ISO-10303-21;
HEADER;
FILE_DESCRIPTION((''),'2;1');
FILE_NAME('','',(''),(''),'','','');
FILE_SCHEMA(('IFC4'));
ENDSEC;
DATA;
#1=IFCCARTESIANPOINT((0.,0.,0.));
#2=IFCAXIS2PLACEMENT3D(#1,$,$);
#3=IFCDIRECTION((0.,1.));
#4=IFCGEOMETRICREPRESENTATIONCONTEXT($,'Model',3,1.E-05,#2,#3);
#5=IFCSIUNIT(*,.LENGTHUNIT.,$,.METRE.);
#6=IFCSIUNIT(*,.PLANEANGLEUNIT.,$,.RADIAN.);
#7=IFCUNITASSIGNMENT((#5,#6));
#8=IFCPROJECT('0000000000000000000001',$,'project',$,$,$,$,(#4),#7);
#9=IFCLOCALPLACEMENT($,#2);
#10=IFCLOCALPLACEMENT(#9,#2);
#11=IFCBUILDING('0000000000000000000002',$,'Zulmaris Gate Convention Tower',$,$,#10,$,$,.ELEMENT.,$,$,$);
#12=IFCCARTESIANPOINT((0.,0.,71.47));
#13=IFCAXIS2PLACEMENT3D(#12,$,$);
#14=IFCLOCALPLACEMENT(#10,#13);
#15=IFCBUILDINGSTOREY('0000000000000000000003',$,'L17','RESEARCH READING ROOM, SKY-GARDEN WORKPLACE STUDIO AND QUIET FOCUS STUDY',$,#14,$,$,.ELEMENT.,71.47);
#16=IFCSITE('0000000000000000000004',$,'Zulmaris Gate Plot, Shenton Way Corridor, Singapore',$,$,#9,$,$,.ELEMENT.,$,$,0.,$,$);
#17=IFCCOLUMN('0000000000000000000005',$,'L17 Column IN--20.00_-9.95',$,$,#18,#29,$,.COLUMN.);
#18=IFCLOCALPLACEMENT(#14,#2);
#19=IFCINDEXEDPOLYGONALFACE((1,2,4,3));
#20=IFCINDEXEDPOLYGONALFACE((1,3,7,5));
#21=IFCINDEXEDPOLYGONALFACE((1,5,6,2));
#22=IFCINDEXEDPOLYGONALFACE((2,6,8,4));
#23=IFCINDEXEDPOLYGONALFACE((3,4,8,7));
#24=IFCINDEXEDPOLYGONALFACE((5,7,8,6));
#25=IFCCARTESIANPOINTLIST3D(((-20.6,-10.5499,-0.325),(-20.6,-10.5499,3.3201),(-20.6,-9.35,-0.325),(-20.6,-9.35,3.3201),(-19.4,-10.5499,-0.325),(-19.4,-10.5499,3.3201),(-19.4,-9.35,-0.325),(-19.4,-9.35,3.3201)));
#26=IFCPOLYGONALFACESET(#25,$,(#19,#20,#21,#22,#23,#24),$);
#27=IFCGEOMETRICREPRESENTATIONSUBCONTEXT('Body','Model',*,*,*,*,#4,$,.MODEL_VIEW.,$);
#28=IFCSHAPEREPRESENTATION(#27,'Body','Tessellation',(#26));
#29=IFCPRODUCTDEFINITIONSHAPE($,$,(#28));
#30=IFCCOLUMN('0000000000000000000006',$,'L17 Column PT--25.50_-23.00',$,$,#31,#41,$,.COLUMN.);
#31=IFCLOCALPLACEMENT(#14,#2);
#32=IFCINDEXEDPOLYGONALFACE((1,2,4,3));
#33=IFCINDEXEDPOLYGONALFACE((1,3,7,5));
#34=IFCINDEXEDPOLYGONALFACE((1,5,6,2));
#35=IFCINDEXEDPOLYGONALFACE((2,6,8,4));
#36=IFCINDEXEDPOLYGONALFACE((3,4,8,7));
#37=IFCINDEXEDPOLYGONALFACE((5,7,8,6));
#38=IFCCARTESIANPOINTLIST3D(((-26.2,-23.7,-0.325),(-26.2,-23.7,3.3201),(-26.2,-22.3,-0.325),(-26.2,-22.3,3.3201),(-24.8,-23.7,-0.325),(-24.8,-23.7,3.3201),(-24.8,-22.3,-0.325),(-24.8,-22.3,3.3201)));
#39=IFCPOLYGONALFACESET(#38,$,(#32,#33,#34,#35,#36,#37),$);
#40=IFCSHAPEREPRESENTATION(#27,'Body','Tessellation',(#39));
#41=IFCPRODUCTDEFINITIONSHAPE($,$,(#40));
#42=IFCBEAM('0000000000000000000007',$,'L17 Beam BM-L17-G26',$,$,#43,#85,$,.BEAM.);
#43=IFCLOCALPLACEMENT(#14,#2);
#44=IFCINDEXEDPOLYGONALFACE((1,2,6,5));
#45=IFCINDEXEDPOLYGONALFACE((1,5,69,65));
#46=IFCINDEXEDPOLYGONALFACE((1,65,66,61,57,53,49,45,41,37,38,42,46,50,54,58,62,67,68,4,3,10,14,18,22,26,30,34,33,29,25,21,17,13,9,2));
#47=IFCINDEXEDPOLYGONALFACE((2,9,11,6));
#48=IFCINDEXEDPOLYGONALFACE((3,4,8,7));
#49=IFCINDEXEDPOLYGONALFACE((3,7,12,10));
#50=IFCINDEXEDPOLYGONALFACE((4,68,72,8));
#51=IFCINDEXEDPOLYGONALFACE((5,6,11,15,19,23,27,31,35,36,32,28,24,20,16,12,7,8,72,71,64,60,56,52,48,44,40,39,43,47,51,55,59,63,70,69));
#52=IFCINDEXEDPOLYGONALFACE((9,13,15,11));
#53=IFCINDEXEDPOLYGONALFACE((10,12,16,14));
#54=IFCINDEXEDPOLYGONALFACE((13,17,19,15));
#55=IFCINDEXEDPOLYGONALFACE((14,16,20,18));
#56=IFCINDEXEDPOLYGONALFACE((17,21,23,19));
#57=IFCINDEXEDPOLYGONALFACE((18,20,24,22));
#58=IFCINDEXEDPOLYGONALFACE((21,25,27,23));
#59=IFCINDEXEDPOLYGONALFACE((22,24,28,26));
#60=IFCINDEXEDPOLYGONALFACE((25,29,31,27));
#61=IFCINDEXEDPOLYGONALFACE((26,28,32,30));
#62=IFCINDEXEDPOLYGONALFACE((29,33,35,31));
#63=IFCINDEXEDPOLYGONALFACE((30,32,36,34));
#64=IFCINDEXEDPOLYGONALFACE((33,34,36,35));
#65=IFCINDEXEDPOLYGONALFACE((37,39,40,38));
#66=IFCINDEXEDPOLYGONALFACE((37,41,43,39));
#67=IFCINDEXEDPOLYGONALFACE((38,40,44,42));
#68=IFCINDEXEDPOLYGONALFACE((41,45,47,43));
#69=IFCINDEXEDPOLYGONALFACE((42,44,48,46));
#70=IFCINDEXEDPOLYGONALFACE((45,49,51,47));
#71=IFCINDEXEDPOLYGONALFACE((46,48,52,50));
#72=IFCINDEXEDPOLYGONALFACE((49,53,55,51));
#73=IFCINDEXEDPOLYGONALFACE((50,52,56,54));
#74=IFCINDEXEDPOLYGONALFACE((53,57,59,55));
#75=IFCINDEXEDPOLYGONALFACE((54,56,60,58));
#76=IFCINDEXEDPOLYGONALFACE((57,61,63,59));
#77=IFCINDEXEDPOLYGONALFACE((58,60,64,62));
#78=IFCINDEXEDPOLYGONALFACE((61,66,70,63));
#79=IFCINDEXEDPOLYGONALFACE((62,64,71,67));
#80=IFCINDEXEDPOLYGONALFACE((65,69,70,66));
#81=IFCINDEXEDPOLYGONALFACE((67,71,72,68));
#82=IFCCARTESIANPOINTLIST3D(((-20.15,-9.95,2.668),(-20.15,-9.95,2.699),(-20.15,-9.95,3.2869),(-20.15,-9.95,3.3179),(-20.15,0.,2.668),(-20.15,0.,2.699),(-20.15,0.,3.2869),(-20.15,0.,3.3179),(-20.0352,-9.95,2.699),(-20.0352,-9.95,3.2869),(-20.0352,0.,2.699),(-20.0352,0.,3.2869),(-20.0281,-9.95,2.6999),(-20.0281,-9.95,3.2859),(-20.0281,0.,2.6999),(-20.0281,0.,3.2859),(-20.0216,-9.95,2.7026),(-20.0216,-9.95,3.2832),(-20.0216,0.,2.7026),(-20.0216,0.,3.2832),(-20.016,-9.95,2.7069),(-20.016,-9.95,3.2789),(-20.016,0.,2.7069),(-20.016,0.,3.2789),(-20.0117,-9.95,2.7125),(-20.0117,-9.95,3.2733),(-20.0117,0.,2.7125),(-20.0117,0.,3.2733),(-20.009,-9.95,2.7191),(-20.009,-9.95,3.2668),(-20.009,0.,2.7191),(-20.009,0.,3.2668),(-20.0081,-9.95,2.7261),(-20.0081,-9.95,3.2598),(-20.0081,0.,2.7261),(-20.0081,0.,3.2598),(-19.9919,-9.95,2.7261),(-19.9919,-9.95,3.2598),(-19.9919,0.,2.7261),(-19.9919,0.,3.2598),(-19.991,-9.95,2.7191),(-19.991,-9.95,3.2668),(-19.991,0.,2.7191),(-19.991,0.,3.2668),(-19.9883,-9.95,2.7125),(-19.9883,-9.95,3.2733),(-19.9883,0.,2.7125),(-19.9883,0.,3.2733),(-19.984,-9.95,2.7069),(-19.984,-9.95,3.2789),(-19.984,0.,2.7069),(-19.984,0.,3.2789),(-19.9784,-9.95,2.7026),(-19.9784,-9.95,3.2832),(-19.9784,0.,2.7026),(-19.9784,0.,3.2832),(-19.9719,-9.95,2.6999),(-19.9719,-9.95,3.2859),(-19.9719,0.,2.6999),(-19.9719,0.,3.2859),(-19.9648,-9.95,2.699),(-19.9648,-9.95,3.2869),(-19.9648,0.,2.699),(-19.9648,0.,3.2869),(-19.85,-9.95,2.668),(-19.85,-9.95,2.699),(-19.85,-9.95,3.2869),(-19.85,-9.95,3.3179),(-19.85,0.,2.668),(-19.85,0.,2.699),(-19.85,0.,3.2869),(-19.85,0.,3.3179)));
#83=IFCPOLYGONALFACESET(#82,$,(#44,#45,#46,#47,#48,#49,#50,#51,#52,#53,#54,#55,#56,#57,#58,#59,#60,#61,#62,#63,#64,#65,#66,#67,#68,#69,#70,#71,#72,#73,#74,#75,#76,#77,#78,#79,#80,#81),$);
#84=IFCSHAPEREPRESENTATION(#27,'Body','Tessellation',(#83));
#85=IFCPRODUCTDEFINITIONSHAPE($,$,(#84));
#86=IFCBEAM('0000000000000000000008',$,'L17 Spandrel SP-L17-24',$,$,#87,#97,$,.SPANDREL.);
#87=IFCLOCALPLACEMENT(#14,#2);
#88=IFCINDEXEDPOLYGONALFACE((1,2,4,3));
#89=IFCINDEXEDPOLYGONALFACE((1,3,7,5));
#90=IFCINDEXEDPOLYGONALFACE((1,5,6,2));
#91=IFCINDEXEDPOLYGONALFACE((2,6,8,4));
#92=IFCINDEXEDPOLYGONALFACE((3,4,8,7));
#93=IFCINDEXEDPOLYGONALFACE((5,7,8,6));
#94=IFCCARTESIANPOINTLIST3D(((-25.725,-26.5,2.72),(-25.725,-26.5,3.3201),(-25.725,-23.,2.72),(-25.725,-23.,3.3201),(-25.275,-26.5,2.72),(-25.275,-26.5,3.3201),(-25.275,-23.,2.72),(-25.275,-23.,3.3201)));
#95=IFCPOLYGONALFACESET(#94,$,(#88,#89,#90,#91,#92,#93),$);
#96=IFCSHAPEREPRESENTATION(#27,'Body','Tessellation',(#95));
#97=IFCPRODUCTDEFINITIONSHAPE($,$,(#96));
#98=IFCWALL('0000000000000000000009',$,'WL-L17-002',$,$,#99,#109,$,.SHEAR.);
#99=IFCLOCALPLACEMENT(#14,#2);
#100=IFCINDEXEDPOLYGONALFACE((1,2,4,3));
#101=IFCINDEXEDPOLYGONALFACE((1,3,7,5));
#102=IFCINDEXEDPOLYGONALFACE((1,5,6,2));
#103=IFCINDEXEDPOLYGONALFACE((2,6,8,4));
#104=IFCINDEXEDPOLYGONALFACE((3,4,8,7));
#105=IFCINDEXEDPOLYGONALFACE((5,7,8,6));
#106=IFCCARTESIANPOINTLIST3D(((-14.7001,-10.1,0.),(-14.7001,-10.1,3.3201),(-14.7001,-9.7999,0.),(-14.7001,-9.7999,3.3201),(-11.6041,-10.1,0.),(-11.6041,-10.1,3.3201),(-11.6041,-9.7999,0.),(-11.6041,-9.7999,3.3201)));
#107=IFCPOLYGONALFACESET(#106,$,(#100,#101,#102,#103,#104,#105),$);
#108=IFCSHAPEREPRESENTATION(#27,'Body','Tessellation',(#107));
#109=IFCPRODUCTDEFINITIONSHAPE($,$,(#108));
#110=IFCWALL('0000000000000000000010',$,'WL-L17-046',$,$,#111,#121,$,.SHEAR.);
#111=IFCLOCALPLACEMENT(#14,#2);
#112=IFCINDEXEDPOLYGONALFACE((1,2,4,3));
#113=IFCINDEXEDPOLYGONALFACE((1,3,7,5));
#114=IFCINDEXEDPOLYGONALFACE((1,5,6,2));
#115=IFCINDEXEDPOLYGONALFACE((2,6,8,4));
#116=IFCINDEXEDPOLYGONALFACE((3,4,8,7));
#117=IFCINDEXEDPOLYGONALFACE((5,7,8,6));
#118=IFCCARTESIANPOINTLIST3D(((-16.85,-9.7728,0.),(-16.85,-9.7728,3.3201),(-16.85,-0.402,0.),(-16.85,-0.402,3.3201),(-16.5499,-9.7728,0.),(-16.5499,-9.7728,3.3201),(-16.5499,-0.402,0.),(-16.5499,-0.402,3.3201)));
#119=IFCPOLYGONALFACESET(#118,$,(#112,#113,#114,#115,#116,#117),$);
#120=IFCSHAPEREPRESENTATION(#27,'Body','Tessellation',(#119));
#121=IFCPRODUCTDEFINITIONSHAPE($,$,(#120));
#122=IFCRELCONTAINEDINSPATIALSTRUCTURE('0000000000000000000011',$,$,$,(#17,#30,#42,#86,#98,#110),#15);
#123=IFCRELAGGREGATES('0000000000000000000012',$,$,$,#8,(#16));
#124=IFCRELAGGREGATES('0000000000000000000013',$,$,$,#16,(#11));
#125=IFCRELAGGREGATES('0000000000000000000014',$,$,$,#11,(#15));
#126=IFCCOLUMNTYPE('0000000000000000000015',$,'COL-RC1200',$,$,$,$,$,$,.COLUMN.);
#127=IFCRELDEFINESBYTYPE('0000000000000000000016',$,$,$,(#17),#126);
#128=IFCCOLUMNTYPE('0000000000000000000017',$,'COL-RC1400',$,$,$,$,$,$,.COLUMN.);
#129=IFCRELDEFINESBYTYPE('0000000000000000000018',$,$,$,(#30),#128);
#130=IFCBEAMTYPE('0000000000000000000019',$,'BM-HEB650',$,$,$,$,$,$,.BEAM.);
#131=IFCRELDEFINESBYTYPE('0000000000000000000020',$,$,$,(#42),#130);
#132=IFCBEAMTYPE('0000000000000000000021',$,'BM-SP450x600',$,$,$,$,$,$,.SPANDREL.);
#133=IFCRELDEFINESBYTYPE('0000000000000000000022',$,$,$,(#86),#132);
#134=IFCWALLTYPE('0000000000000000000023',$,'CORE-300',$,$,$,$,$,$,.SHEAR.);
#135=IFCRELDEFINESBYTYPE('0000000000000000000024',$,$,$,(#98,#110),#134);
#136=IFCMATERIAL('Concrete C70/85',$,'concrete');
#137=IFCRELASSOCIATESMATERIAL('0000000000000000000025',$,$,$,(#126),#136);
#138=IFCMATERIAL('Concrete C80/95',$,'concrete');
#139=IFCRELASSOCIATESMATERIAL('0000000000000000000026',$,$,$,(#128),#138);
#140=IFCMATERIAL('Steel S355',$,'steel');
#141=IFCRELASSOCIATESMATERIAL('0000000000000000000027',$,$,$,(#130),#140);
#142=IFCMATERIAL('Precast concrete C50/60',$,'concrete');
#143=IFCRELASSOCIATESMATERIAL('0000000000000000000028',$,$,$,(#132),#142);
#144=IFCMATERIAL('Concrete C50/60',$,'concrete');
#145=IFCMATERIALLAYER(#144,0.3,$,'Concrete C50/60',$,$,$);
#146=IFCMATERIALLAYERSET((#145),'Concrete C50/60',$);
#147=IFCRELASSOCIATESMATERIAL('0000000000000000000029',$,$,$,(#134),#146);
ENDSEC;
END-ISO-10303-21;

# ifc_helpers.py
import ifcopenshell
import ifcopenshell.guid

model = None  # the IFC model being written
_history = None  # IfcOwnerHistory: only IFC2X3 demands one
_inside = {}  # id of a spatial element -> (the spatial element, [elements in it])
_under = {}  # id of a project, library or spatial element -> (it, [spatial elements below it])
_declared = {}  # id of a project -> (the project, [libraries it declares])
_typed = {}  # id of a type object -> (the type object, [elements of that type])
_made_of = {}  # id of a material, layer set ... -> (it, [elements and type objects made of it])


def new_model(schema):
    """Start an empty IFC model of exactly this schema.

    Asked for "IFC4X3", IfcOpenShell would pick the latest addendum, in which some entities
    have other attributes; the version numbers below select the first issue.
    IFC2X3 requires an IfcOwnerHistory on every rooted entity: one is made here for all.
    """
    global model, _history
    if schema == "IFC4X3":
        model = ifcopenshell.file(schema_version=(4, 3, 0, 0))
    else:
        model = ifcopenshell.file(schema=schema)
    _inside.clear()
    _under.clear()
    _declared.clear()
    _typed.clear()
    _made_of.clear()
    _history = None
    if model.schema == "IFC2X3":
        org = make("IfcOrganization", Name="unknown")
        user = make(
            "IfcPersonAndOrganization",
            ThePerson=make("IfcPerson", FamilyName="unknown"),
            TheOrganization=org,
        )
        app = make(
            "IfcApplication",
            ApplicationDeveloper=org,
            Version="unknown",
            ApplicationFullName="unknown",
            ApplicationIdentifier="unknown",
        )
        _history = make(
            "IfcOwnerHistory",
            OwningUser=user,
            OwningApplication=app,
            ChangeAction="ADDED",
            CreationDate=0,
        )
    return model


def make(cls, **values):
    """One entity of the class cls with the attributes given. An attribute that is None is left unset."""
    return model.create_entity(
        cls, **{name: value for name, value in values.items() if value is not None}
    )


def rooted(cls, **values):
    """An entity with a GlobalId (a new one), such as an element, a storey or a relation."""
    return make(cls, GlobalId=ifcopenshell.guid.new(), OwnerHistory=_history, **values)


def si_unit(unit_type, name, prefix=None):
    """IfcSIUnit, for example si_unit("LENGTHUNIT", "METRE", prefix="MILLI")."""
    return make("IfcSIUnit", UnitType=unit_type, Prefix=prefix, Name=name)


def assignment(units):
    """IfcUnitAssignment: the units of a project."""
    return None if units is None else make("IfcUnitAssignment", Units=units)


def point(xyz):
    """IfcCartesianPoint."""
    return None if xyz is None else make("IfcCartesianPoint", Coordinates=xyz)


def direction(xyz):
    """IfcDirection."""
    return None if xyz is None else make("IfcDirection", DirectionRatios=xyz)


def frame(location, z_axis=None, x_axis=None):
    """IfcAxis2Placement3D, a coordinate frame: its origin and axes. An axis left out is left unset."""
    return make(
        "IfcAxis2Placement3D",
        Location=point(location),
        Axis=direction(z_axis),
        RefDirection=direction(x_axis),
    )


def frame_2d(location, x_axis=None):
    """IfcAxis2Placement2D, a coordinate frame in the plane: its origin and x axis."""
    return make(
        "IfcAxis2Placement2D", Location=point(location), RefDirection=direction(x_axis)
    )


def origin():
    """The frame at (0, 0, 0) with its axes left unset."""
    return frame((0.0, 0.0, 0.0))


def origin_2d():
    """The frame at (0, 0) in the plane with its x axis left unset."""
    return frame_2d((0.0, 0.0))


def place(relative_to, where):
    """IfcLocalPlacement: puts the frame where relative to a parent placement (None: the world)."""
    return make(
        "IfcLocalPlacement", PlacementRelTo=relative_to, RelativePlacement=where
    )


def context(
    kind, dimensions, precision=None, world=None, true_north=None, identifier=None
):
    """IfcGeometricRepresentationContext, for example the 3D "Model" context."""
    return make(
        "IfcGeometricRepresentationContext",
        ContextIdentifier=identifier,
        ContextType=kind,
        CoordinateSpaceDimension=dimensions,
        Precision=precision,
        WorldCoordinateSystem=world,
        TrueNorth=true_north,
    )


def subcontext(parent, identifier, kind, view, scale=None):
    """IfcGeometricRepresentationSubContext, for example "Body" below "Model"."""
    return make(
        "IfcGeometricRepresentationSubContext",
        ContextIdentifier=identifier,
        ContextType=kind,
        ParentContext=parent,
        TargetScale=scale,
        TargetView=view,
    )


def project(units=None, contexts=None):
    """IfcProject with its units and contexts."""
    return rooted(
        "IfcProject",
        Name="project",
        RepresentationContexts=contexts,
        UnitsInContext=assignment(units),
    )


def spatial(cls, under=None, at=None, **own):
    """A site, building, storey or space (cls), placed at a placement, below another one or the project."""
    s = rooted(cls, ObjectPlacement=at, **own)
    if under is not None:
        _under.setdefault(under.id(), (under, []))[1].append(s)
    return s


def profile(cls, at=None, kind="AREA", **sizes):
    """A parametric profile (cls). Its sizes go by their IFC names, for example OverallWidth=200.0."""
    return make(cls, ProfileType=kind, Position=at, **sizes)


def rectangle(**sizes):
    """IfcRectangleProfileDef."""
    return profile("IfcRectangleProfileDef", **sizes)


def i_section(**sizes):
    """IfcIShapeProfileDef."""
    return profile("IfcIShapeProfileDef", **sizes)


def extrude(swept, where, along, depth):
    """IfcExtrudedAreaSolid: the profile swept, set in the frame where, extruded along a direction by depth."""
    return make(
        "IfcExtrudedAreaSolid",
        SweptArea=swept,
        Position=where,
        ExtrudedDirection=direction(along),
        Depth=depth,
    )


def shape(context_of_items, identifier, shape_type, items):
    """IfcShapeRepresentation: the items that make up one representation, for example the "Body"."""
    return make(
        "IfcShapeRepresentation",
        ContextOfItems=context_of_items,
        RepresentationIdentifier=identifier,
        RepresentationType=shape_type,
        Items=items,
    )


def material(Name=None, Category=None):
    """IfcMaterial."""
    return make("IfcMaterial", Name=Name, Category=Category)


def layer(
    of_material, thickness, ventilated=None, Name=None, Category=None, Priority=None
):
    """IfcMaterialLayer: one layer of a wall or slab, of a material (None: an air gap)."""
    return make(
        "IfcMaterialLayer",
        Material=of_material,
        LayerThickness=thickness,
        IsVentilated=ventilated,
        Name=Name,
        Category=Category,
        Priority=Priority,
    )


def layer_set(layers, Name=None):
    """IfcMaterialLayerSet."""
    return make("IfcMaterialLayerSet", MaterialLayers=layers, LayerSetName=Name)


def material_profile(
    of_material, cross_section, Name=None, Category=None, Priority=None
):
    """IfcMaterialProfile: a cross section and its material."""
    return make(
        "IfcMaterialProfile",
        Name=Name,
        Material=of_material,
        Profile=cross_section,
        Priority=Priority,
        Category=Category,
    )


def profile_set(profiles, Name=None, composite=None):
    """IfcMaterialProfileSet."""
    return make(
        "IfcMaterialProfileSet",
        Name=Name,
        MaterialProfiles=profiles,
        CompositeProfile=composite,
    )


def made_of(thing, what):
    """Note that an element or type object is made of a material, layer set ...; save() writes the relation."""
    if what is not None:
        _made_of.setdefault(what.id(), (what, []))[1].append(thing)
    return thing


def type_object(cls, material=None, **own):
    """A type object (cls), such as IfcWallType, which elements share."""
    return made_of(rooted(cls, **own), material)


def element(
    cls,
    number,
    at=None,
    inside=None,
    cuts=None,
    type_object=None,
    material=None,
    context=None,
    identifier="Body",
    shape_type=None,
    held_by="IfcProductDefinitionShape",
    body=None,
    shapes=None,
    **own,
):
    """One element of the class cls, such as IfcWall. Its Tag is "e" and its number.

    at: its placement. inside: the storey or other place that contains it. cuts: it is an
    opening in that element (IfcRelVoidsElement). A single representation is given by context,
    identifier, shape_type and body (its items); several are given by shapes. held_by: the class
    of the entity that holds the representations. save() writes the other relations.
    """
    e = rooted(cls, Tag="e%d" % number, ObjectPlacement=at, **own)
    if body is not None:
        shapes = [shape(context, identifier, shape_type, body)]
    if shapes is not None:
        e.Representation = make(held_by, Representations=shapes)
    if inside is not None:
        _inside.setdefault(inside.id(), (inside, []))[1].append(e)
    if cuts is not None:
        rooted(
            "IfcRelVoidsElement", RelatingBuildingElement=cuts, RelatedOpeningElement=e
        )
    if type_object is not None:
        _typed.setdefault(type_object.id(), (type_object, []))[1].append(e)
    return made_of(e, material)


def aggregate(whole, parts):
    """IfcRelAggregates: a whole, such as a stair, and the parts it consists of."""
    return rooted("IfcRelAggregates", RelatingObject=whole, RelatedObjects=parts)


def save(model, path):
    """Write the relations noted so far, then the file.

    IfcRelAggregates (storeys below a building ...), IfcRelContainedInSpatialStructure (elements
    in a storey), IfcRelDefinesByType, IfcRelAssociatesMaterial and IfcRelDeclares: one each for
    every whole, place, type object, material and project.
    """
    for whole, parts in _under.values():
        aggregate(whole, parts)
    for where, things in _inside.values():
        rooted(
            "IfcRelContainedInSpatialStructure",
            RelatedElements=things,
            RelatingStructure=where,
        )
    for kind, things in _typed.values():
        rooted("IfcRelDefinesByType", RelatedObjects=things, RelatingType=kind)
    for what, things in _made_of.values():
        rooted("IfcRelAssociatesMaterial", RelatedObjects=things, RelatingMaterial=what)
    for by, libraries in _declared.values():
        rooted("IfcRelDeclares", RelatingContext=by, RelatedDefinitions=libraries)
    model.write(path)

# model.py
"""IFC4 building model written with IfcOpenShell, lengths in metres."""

from ifc_helpers import new_model, si_unit, direction, frame, frame_2d, origin, origin_2d, place, context, subcontext, project, spatial, rectangle, i_section, extrude, material, layer, layer_set, material_profile, profile_set, type_object, element, save


model = new_model("IFC4")

# Units and contexts
model_context = context("Model", 3, precision=1e-05, world=origin(), true_north=direction((0.0, 1.0)))
body_context = subcontext(model_context, "Body", "Model", "MODEL_VIEW")
ifc_project = project(units=[si_unit("LENGTHUNIT", "METRE"), si_unit("PLANEANGLEUNIT", "RADIAN")], contexts=[model_context])

# Site, building, storey
site_placement = place(None, origin())
site = spatial("IfcSite", under=ifc_project, at=site_placement, Name="Zulmaris Gate Plot, Shenton Way Corridor, Singapore", CompositionType="ELEMENT", RefElevation=0.0)
building_placement = place(site_placement, origin())
building = spatial("IfcBuilding", under=site, at=building_placement, Name="Zulmaris Gate Convention Tower", CompositionType="ELEMENT")
storey_placement = place(building_placement, frame((0.0, 0.0, 71.47)))
storey = spatial("IfcBuildingStorey", under=building, at=storey_placement, Name="L17", Description="RESEARCH READING ROOM, SKY-GARDEN WORKPLACE STUDIO AND QUIET FOCUS STUDY", CompositionType="ELEMENT", Elevation=71.47)

# Columns
ifc_material_1 = material(Name="Concrete C70/85", Category="concrete")
ifc_material_profile_1 = material_profile(ifc_material_1, rectangle(XDim=1.2, YDim=1.2, at=origin_2d()), Name="RC COL 1200x1200")
ifc_profile_set_1 = profile_set([ifc_material_profile_1], Name="Concrete C70/85")
column_type_1 = type_object("IfcColumnType", Name="COL-RC1200", PredefinedType="COLUMN", material=ifc_profile_set_1)
column_1_placement = place(storey_placement, frame((-20.0, -9.95, -0.325), z_axis=(0.0, 0.0, 1.0), x_axis=(1.0, 0.0, 0.0)))
element("IfcColumn", 1, at=column_1_placement, inside=storey, type_object=column_type_1, Name="L17 Column IN--20.00_-9.95", PredefinedType="COLUMN", context=body_context, shape_type="SweptSolid", body=[
    extrude(rectangle(XDim=1.2, YDim=1.2, at=origin_2d()), origin(), (0.0, 0.0, 1.0), 3.645),
])
ifc_material_2 = material(Name="Concrete C80/95", Category="concrete")
ifc_material_profile_2 = material_profile(ifc_material_2, rectangle(XDim=1.3999, YDim=1.3999, at=origin_2d()), Name="RC COL 1400x1400")
ifc_profile_set_2 = profile_set([ifc_material_profile_2], Name="Concrete C80/95")
column_type_2 = type_object("IfcColumnType", Name="COL-RC1400", PredefinedType="COLUMN", material=ifc_profile_set_2)
column_2_placement = place(storey_placement, frame((-25.5, -23.0, -0.325), z_axis=(0.0, 0.0, 1.0), x_axis=(1.0, 0.0, 0.0)))
element("IfcColumn", 2, at=column_2_placement, inside=storey, type_object=column_type_2, Name="L17 Column PT--25.50_-23.00", PredefinedType="COLUMN", context=body_context, shape_type="SweptSolid", body=[
    extrude(rectangle(XDim=1.3999, YDim=1.3999, at=origin_2d()), origin(), (0.0, 0.0, 1.0), 3.645),
])

# Beams
ifc_material_3 = material(Name="Steel S355", Category="steel")
ifc_material_profile_3 = material_profile(ifc_material_3, i_section(OverallWidth=0.3, OverallDepth=0.6499, WebThickness=0.0161, FlangeThickness=0.031, FilletRadius=0.0271, at=origin_2d()), Name="HEB 650")
ifc_profile_set_3 = profile_set([ifc_material_profile_3], Name="Steel S355")
beam_type_1 = type_object("IfcBeamType", Name="BM-HEB650", PredefinedType="BEAM", material=ifc_profile_set_3)
beam_1_placement = place(storey_placement, frame((-20.0, -9.95, 2.9929), z_axis=(0.0, 1.0, 0.0), x_axis=(-1.0, 0.0, 0.0)))
element("IfcBeam", 3, at=beam_1_placement, inside=storey, type_object=beam_type_1, Name="L17 Beam BM-L17-G26", PredefinedType="BEAM", context=body_context, shape_type="SweptSolid", body=[
    extrude(i_section(OverallWidth=0.3, OverallDepth=0.6499, WebThickness=0.0161, FlangeThickness=0.031, FilletRadius=0.0271, at=origin_2d()), origin(), (0.0, 0.0, 1.0), 9.95),
])
ifc_material_4 = material(Name="Precast concrete C50/60", Category="concrete")
ifc_material_profile_4 = material_profile(ifc_material_4, rectangle(XDim=0.45, YDim=0.6001, at=origin_2d()), Name="RC SPANDREL 450x600")
ifc_profile_set_4 = profile_set([ifc_material_profile_4], Name="Precast concrete C50/60")
beam_type_2 = type_object("IfcBeamType", Name="BM-SP450x600", PredefinedType="SPANDREL", material=ifc_profile_set_4)
beam_2_placement = place(storey_placement, frame((-25.5, -23.0, 3.02), z_axis=(0.0, -1.0, 0.0), x_axis=(1.0, 0.0, 0.0)))
element("IfcBeam", 4, at=beam_2_placement, inside=storey, type_object=beam_type_2, Name="L17 Spandrel SP-L17-24", PredefinedType="SPANDREL", context=body_context, shape_type="SweptSolid", body=[
    extrude(rectangle(XDim=0.45, YDim=0.6001, at=origin_2d()), origin(), (0.0, 0.0, 1.0), 3.5),
])

# Walls
ifc_material_5 = material(Name="Concrete C50/60", Category="concrete")
ifc_layer_1 = layer(ifc_material_5, 0.3, Name="Concrete C50/60")
ifc_layer_set_1 = layer_set([ifc_layer_1], Name="Concrete C50/60")
wall_type_1 = type_object("IfcWallType", Name="CORE-300", PredefinedType="SHEAR", material=ifc_layer_set_1)
wall_1_placement = place(storey_placement, frame((-14.7, -9.95, 0.0), z_axis=(0.0, 0.0, 1.0), x_axis=(1.0, 0.0, 0.0)))
element("IfcWall", 5, at=wall_1_placement, inside=storey, type_object=wall_type_1, Name="WL-L17-002", PredefinedType="SHEAR", context=body_context, shape_type="SweptSolid", body=[
    extrude(rectangle(XDim=3.0959, YDim=0.3, at=frame_2d((1.5479, 0.0))), origin(), (0.0, 0.0, 1.0), 3.3201),
])
wall_2_placement = place(storey_placement, frame((-16.7, -9.7729, 0.0), z_axis=(0.0, 0.0, 1.0), x_axis=(0.0, 1.0, 0.0)))
element("IfcWall", 6, at=wall_2_placement, inside=storey, type_object=wall_type_1, Name="WL-L17-046", PredefinedType="SHEAR", context=body_context, shape_type="SweptSolid", body=[
    extrude(rectangle(XDim=9.3708, YDim=0.3, at=frame_2d((4.6855, 0.0))), origin(), (0.0, 0.0, 1.0), 3.3201),
])

save(model, "model.ifc")
